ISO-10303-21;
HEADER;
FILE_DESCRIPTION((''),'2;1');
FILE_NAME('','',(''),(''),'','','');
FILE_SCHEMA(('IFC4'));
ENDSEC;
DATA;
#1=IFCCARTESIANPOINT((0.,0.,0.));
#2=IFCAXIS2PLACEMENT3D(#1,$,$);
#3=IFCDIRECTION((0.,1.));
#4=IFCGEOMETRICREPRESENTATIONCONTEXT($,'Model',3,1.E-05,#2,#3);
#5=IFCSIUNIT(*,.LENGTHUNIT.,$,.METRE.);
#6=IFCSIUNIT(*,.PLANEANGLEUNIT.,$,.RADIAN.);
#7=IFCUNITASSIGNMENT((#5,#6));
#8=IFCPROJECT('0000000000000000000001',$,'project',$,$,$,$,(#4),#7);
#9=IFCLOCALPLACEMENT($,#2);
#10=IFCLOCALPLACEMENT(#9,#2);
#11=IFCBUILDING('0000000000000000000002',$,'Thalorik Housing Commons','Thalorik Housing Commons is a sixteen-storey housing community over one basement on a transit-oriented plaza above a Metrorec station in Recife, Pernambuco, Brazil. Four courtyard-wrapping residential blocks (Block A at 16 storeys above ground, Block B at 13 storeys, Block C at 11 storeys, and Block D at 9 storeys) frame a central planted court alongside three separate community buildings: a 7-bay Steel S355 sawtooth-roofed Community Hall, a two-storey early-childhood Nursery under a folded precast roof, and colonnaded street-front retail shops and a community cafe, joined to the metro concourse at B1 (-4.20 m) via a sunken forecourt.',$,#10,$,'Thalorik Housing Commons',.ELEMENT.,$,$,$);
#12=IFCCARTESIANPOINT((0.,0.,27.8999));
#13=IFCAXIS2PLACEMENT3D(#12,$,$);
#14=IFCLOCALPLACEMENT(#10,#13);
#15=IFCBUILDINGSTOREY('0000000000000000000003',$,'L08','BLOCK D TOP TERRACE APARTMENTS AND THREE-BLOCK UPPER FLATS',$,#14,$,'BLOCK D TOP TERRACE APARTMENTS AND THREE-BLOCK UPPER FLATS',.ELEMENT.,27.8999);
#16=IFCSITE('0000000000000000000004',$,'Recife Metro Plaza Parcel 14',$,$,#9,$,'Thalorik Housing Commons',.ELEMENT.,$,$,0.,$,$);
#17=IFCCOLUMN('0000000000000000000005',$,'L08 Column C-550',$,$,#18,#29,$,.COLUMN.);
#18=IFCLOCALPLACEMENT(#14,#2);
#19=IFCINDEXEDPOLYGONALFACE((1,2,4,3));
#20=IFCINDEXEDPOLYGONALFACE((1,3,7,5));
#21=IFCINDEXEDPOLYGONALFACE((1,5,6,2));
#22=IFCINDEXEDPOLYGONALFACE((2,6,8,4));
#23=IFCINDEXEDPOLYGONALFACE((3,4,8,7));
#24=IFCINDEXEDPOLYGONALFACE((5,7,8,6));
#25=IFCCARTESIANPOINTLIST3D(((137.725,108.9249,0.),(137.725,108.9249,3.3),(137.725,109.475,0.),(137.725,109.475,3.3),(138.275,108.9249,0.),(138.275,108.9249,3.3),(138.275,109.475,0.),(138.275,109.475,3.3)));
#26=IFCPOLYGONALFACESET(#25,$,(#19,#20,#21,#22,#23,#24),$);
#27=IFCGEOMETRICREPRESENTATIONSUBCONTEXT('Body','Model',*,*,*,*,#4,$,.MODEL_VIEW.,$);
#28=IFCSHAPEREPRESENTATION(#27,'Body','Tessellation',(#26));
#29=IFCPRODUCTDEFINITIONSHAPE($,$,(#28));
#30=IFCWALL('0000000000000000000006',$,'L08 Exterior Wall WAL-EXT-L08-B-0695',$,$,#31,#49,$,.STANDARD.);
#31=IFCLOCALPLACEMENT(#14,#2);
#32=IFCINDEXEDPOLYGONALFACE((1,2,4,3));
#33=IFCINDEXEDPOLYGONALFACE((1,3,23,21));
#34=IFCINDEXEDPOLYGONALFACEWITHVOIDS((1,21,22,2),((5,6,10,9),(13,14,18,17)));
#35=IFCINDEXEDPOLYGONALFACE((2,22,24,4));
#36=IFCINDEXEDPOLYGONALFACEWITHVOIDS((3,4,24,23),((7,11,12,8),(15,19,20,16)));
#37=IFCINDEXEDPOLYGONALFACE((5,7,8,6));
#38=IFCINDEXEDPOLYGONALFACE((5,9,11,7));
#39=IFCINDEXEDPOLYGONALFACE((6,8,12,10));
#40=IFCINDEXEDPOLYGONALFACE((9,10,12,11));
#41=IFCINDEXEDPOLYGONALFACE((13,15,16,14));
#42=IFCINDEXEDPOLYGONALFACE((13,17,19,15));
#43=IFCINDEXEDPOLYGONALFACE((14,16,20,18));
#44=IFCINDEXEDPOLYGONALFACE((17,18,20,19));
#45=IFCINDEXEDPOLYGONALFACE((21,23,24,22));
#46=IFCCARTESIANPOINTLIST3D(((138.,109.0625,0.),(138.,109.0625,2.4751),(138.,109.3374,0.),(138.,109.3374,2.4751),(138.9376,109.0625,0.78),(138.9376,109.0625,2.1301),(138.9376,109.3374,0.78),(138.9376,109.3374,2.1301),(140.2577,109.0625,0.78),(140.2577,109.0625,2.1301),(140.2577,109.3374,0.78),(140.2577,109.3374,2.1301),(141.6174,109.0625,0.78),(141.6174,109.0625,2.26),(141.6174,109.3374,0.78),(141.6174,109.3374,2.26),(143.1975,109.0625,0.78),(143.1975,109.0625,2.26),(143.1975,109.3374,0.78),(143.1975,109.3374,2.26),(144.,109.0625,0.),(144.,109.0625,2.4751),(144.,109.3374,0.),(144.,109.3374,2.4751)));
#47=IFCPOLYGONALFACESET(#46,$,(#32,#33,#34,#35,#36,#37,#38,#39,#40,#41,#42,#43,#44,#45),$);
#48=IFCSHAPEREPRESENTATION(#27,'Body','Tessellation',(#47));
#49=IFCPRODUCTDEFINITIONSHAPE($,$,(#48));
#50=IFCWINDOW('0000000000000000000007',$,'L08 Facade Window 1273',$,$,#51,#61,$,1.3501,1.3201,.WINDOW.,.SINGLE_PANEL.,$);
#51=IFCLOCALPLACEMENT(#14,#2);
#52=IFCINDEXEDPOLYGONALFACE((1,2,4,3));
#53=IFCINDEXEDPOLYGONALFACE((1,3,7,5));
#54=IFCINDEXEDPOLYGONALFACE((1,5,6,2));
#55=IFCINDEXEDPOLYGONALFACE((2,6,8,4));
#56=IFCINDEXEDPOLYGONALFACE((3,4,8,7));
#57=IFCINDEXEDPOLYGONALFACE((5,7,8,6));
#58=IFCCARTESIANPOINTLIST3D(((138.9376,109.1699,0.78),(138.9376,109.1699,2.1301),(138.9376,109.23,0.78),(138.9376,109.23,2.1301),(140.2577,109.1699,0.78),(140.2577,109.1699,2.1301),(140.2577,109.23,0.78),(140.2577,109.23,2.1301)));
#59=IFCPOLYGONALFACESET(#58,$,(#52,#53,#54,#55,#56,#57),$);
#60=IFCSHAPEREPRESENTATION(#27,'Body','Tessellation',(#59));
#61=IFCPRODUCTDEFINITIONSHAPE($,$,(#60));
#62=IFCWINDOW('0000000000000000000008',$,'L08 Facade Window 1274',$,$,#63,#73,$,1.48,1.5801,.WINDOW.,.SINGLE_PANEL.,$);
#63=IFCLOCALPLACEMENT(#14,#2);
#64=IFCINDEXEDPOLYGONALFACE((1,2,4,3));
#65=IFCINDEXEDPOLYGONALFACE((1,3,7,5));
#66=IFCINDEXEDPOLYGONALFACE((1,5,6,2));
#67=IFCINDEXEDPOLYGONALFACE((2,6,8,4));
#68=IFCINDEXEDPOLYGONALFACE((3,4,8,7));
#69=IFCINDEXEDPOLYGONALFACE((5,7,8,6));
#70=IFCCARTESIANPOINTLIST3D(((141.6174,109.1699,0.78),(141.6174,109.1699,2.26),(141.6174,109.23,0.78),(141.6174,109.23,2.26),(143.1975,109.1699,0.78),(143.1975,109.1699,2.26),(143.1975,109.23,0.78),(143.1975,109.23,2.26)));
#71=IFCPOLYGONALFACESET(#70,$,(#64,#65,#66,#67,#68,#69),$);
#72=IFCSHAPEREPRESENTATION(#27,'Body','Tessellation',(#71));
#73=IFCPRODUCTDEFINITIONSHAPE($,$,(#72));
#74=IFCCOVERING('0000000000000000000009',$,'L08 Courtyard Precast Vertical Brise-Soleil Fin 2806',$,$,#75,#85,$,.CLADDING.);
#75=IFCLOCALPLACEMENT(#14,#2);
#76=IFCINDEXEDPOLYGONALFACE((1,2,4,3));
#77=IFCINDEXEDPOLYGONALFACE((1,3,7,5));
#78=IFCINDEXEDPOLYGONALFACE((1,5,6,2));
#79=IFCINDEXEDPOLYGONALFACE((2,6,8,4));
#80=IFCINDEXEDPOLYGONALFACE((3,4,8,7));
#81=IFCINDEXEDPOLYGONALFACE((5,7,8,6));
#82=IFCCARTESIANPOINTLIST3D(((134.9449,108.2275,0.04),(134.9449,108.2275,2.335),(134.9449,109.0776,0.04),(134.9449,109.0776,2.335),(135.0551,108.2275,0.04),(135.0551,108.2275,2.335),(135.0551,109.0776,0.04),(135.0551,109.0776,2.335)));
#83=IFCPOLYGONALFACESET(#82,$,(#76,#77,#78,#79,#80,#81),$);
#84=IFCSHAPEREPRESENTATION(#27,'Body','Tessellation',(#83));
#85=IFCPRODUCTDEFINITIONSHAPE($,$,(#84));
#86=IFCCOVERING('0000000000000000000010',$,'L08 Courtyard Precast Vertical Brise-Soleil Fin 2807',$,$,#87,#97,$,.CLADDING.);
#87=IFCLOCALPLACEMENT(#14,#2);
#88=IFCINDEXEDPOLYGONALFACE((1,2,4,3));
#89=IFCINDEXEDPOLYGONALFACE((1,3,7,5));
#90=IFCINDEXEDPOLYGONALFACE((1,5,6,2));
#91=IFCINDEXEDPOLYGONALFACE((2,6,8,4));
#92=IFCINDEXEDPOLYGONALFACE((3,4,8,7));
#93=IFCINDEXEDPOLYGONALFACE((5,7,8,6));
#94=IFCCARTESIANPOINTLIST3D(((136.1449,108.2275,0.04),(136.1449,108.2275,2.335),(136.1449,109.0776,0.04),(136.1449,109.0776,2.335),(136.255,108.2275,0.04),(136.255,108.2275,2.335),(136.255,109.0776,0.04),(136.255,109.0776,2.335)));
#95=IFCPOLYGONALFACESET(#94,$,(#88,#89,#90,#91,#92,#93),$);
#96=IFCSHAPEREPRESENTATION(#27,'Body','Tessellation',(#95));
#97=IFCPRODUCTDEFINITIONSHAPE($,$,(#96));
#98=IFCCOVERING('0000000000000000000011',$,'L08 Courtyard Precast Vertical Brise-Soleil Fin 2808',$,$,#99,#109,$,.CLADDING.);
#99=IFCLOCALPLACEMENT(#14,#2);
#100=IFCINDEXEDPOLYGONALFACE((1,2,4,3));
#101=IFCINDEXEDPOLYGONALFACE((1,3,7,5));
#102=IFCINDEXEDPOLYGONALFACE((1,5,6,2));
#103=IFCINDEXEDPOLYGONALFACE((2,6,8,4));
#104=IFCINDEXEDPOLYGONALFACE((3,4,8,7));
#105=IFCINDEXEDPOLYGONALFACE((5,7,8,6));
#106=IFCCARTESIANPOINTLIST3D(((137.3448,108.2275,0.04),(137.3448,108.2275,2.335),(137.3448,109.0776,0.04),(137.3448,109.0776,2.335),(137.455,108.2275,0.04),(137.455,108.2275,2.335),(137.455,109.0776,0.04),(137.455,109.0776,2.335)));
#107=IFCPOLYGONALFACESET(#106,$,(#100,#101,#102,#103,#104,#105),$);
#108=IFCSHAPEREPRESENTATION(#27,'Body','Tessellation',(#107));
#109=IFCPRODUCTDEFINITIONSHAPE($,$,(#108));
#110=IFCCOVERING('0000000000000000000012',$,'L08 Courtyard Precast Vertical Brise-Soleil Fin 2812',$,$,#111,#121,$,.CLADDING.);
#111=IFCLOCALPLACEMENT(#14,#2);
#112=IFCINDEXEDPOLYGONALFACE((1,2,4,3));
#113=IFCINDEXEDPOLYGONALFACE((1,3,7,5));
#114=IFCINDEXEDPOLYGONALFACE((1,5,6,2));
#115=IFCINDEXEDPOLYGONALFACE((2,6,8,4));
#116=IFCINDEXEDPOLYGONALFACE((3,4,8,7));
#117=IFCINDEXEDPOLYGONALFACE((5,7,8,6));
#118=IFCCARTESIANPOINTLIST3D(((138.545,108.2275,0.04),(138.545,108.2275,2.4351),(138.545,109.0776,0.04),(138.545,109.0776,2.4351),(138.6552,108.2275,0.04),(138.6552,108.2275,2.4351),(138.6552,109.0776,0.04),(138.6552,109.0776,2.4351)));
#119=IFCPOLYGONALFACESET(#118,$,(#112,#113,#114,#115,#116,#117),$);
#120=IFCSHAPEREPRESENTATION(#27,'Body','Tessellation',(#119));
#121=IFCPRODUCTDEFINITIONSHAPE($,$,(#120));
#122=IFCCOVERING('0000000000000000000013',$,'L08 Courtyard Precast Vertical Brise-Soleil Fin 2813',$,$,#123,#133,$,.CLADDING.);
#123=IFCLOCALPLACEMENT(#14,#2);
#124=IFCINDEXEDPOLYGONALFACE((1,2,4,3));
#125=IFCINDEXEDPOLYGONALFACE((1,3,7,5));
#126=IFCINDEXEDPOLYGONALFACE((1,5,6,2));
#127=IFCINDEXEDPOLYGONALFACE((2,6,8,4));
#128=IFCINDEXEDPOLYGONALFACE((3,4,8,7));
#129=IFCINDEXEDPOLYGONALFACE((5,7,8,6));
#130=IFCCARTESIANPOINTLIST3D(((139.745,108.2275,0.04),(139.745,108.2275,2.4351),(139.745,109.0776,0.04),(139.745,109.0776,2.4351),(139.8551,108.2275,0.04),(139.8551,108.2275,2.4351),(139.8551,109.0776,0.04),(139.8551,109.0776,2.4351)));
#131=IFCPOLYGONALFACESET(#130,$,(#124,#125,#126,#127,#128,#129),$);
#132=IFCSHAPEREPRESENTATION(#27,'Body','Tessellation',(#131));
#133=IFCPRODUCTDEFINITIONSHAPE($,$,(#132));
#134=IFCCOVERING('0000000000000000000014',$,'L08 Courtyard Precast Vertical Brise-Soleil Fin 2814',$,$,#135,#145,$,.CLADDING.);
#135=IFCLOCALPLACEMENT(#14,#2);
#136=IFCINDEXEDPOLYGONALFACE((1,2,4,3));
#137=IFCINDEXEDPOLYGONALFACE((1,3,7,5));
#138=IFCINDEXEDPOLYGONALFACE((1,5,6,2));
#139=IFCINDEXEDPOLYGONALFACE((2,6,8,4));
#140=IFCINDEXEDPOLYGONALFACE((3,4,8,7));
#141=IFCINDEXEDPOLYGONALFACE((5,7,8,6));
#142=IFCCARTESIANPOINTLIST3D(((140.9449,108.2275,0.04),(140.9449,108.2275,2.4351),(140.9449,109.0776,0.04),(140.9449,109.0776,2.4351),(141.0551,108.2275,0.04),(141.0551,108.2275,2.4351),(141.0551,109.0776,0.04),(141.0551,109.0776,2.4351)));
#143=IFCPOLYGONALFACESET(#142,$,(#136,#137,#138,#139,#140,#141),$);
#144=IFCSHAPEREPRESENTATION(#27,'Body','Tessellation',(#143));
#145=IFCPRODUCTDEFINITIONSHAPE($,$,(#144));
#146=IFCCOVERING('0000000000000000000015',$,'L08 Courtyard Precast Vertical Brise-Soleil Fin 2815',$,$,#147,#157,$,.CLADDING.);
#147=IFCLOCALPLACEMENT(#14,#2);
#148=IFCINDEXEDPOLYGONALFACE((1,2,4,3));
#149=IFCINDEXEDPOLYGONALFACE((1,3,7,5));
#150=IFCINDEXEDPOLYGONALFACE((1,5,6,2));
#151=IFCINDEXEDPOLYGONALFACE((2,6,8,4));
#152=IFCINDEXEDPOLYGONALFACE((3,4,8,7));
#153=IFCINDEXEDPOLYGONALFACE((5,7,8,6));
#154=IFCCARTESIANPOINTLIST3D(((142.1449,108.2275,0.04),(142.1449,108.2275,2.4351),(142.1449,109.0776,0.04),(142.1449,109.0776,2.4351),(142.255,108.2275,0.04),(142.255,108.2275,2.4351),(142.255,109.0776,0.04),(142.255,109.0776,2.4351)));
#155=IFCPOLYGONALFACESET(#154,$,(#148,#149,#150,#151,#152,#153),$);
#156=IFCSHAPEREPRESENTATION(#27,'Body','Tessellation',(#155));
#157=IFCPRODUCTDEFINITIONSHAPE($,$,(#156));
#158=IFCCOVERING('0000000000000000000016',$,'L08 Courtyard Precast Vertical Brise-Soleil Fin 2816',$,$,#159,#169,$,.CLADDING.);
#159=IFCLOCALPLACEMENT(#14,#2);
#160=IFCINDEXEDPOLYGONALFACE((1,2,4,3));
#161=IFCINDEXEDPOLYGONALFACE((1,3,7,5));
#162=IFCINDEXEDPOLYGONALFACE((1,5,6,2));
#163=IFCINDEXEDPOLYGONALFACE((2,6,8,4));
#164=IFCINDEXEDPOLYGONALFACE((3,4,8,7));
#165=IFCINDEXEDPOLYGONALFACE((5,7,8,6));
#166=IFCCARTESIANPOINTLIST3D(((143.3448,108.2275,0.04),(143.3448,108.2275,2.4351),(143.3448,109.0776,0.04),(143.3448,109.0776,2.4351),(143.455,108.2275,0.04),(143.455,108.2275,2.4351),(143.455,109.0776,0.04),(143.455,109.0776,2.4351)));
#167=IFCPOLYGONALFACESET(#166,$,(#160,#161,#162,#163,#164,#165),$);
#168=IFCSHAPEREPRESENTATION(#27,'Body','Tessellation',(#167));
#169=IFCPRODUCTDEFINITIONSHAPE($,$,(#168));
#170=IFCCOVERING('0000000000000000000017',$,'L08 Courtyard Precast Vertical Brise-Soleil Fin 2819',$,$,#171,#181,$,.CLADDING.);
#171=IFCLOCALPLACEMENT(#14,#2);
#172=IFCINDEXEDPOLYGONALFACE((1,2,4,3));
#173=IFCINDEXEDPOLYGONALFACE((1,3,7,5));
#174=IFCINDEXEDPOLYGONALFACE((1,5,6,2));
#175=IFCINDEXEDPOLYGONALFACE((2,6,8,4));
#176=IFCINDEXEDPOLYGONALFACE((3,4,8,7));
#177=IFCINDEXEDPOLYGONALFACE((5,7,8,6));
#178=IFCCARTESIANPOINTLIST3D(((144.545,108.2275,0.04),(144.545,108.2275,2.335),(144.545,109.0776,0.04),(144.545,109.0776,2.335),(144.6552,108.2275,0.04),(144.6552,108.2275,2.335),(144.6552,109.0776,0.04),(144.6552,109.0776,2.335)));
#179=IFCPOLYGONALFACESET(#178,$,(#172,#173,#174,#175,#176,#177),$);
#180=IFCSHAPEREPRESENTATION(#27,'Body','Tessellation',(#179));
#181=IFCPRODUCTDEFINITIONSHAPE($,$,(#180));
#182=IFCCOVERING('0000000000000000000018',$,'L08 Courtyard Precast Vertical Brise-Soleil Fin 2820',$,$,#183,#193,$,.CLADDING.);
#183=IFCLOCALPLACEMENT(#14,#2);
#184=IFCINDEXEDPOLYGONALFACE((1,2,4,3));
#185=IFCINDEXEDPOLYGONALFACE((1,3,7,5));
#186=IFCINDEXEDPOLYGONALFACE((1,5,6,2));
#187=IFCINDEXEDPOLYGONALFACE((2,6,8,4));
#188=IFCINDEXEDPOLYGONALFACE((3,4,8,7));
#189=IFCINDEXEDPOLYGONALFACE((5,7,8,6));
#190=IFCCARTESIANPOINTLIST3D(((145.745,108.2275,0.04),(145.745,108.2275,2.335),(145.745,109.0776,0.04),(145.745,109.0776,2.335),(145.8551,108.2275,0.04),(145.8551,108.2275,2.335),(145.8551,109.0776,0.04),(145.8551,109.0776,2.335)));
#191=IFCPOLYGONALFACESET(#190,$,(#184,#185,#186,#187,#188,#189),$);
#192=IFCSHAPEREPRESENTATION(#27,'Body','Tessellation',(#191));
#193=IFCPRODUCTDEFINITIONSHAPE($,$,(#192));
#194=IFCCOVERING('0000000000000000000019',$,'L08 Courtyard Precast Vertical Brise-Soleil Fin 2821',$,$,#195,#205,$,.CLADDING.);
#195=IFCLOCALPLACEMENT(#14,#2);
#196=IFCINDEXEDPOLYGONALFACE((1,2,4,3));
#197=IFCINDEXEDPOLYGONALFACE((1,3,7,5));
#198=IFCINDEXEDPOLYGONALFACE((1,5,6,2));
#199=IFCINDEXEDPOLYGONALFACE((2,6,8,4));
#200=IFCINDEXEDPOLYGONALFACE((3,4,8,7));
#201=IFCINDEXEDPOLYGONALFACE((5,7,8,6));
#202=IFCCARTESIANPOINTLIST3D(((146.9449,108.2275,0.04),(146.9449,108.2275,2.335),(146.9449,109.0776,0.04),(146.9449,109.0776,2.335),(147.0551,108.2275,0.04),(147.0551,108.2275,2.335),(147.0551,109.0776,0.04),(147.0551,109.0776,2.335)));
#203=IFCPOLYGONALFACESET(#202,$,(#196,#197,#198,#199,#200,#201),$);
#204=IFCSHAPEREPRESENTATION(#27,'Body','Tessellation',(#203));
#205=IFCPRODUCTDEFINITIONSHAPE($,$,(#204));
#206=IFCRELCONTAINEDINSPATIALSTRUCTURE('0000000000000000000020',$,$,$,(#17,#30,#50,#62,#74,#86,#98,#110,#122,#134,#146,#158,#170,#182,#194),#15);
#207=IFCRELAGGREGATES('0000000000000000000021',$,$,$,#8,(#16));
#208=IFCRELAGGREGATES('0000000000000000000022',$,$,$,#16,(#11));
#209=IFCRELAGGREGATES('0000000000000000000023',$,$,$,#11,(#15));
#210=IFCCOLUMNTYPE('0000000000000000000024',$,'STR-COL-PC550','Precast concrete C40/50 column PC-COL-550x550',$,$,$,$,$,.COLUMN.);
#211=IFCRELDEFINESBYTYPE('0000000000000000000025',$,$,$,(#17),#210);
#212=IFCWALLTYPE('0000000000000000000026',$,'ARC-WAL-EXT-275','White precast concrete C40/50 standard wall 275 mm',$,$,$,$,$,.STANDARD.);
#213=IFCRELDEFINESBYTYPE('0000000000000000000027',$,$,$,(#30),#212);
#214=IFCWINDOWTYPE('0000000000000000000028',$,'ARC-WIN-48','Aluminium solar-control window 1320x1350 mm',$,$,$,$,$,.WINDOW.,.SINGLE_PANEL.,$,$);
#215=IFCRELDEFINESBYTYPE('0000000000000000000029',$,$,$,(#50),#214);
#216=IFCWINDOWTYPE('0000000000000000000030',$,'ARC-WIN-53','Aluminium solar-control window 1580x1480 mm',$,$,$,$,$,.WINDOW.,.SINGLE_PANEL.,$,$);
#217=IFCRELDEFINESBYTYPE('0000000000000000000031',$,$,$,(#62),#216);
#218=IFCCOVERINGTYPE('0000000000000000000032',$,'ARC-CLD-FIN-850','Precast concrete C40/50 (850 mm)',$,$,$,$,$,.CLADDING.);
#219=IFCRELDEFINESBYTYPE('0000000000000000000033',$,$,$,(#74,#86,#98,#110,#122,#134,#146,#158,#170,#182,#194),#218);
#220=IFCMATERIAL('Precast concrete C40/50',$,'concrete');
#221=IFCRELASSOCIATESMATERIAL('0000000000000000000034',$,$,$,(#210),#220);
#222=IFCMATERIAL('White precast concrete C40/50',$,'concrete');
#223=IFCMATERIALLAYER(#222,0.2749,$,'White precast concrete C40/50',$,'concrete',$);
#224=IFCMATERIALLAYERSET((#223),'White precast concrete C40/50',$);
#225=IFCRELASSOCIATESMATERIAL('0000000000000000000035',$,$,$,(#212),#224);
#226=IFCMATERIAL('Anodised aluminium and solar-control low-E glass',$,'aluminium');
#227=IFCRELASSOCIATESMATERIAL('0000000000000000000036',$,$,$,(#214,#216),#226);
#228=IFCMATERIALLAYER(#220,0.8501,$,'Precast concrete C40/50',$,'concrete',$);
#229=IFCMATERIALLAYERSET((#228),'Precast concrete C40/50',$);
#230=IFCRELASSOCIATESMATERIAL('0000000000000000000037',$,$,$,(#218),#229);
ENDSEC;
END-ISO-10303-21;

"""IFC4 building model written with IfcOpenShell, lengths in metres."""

from ifc_helpers import new_model, si_unit, direction, frame, frame_2d, origin, origin_2d, place, context, subcontext, project, spatial, rectangle, extrude, material, layer, layer_set, material_profile, profile_set, type_object, element, fill, save


model = new_model("IFC4")

# Units and contexts
model_context = context("Model", 3, precision=1e-05, world=origin(), true_north=direction((0.0, 1.0)))
body_context = subcontext(model_context, "Body", "Model", "MODEL_VIEW")
ifc_project = project(units=[si_unit("LENGTHUNIT", "METRE"), si_unit("PLANEANGLEUNIT", "RADIAN")], contexts=[model_context])

# Site, building, storey
site_placement = place(None, origin())
site = spatial("IfcSite", under=ifc_project, at=site_placement, Name="Recife Metro Plaza Parcel 14", LongName="Thalorik Housing Commons", CompositionType="ELEMENT", RefElevation=0.0)
building_placement = place(site_placement, origin())
building = spatial("IfcBuilding", under=site, at=building_placement, Name="Thalorik Housing Commons", Description="Thalorik Housing Commons is a sixteen-storey housing community over one basement on a transit-oriented plaza above a Metrorec station in Recife, Pernambuco, Brazil. Four courtyard-wrapping residential blocks (Block A at 16 storeys above ground, Block B at 13 storeys, Block C at 11 storeys, and Block D at 9 storeys) frame a central planted court alongside three separate community buildings: a 7-bay Steel S355 sawtooth-roofed Community Hall, a two-storey early-childhood Nursery under a folded precast roof, and colonnaded street-front retail shops and a community cafe, joined to the metro concourse at B1 (-4.20 m) via a sunken forecourt.", LongName="Thalorik Housing Commons", CompositionType="ELEMENT")
storey_placement = place(building_placement, frame((0.0, 0.0, 27.8999)))
storey = spatial("IfcBuildingStorey", under=building, at=storey_placement, Name="L08", Description="BLOCK D TOP TERRACE APARTMENTS AND THREE-BLOCK UPPER FLATS", LongName="BLOCK D TOP TERRACE APARTMENTS AND THREE-BLOCK UPPER FLATS", CompositionType="ELEMENT", Elevation=27.8999)

# Column
ifc_material_1 = material(Name="Precast concrete C40/50", Category="concrete")
ifc_material_profile = material_profile(ifc_material_1, rectangle(XDim=0.55, YDim=0.55, at=origin_2d()), Name="PC 550x550", Category="concrete")
ifc_profile_set = profile_set([ifc_material_profile], Name="Precast concrete C40/50")
column_type = type_object("IfcColumnType", Name="STR-COL-PC550", Description="Precast concrete C40/50 column PC-COL-550x550", PredefinedType="COLUMN", material=ifc_profile_set)
column_placement = place(storey_placement, frame((138.0, 109.2, 0.0), z_axis=(0.0, 0.0, 1.0), x_axis=(1.0, 0.0, 0.0)))
element("IfcColumn", 1, at=column_placement, inside=storey, type_object=column_type, Name="L08 Column C-550", PredefinedType="COLUMN", context=body_context, shape_type="SweptSolid", body=[
    extrude(rectangle(XDim=0.55, YDim=0.55, at=origin_2d()), origin(), (0.0, 0.0, 1.0), 3.3),
])

# Wall, openings, windows
ifc_material_2 = material(Name="White precast concrete C40/50", Category="concrete")
ifc_layer_1 = layer(ifc_material_2, 0.2749, Name="White precast concrete C40/50", Category="concrete")
ifc_layer_set_1 = layer_set([ifc_layer_1], Name="White precast concrete C40/50")
wall_type = type_object("IfcWallType", Name="ARC-WAL-EXT-275", Description="White precast concrete C40/50 standard wall 275 mm", PredefinedType="STANDARD", material=ifc_layer_set_1)
wall_placement = place(storey_placement, frame((138.0, 109.2, 0.0), z_axis=(0.0, 0.0, 1.0), x_axis=(1.0, 0.0, 0.0)))
wall = element("IfcWall", 2, at=wall_placement, inside=storey, type_object=wall_type, Name="L08 Exterior Wall WAL-EXT-L08-B-0695", PredefinedType="STANDARD", context=body_context, shape_type="SweptSolid", body=[
    extrude(rectangle(XDim=6.0, YDim=0.2749, at=frame_2d((3.0, 0.0))), origin(), (0.0, 0.0, 1.0), 2.4751),
])
opening_1_placement = place(wall_placement, frame((0.9375, 0.0, 0.78)))
opening_1 = element("IfcOpeningElement", 3, at=opening_1_placement, cuts=wall, PredefinedType="OPENING", context=body_context, shape_type="SweptSolid", body=[
    extrude(rectangle(XDim=1.3201, YDim=1.3501, at=frame_2d((0.6602, 0.675))), frame((0.0, 0.1475, 0.0), z_axis=(0.0, -1.0, 0.0), x_axis=(1.0, 0.0, 0.0)), (0.0, 0.0, 1.0), 0.2949),
])
opening_2_placement = place(wall_placement, frame((3.6174, 0.0, 0.78)))
opening_2 = element("IfcOpeningElement", 4, at=opening_2_placement, cuts=wall, PredefinedType="OPENING", context=body_context, shape_type="SweptSolid", body=[
    extrude(rectangle(XDim=1.5801, YDim=1.48, at=frame_2d((0.79, 0.74))), frame((0.0, 0.1475, 0.0), z_axis=(0.0, -1.0, 0.0), x_axis=(1.0, 0.0, 0.0)), (0.0, 0.0, 1.0), 0.2949),
])
ifc_material_3 = material(Name="Anodised aluminium and solar-control low-E glass", Category="aluminium")
window_type_1 = type_object("IfcWindowType", Name="ARC-WIN-48", Description="Aluminium solar-control window 1320x1350 mm", PartitioningType="SINGLE_PANEL", PredefinedType="WINDOW", material=ifc_material_3)
window_1_placement = place(opening_1_placement, origin())
window_1 = element("IfcWindow", 5, at=window_1_placement, inside=storey, type_object=window_type_1, Name="L08 Facade Window 1273", OverallHeight=1.3501, OverallWidth=1.3201, PartitioningType="SINGLE_PANEL", PredefinedType="WINDOW", context=body_context, shape_type="SweptSolid", body=[
    extrude(rectangle(XDim=1.3201, YDim=1.3501, at=frame_2d((0.6602, 0.675))), frame((0.0, 0.03, 0.0), z_axis=(0.0, -1.0, 0.0), x_axis=(1.0, 0.0, 0.0)), (0.0, 0.0, 1.0), 0.0601),
])
fill(opening_1, window_1)
window_type_2 = type_object("IfcWindowType", Name="ARC-WIN-53", Description="Aluminium solar-control window 1580x1480 mm", PartitioningType="SINGLE_PANEL", PredefinedType="WINDOW", material=ifc_material_3)
window_2_placement = place(opening_2_placement, origin())
window_2 = element("IfcWindow", 6, at=window_2_placement, inside=storey, type_object=window_type_2, Name="L08 Facade Window 1274", OverallHeight=1.48, OverallWidth=1.5801, PartitioningType="SINGLE_PANEL", PredefinedType="WINDOW", context=body_context, shape_type="SweptSolid", body=[
    extrude(rectangle(XDim=1.5801, YDim=1.48, at=frame_2d((0.79, 0.74))), frame((0.0, 0.03, 0.0), z_axis=(0.0, -1.0, 0.0), x_axis=(1.0, 0.0, 0.0)), (0.0, 0.0, 1.0), 0.0601),
])
fill(opening_2, window_2)

# Coverings
ifc_layer_2 = layer(ifc_material_1, 0.8501, Name="Precast concrete C40/50", Category="concrete")
ifc_layer_set_2 = layer_set([ifc_layer_2], Name="Precast concrete C40/50")
covering_type_1 = type_object("IfcCoveringType", Name="ARC-CLD-FIN-850", Description="Precast concrete C40/50 (850 mm)", PredefinedType="CLADDING", material=ifc_layer_set_2)
for number, where, z_axis, x_axis, name in (
    (7, (135.0, 108.6526, 0.04), (0.0, 0.0, 1.0), (1.0, 0.0, 0.0), "L08 Courtyard Precast Vertical Brise-Soleil Fin 2806"),
    (8, (136.2, 108.6526, 0.04), (0.0, 0.0, 1.0), (1.0, 0.0, 0.0), "L08 Courtyard Precast Vertical Brise-Soleil Fin 2807"),
    (9, (137.3999, 108.6526, 0.04), (0.0, 0.0, 1.0), (1.0, 0.0, 0.0), "L08 Courtyard Precast Vertical Brise-Soleil Fin 2808"),
):
    element("IfcCovering", number, at=place(storey_placement, frame(where, z_axis=z_axis, x_axis=x_axis)), inside=storey, type_object=covering_type_1, Name=name, PredefinedType="CLADDING", context=body_context, shape_type="SweptSolid", body=[
        extrude(rectangle(XDim=0.1101, YDim=0.8501, at=origin_2d()), origin(), (0.0, 0.0, 1.0), 2.2949),
    ])
for number, where, z_axis, x_axis, name in (
    (10, (138.6001, 108.6526, 0.04), (0.0, 0.0, 1.0), (1.0, 0.0, 0.0), "L08 Courtyard Precast Vertical Brise-Soleil Fin 2812"),
    (11, (139.8, 108.6526, 0.04), (0.0, 0.0, 1.0), (1.0, 0.0, 0.0), "L08 Courtyard Precast Vertical Brise-Soleil Fin 2813"),
    (12, (141.0, 108.6526, 0.04), (0.0, 0.0, 1.0), (1.0, 0.0, 0.0), "L08 Courtyard Precast Vertical Brise-Soleil Fin 2814"),
    (13, (142.2, 108.6526, 0.04), (0.0, 0.0, 1.0), (1.0, 0.0, 0.0), "L08 Courtyard Precast Vertical Brise-Soleil Fin 2815"),
    (14, (143.3999, 108.6526, 0.04), (0.0, 0.0, 1.0), (1.0, 0.0, 0.0), "L08 Courtyard Precast Vertical Brise-Soleil Fin 2816"),
):
    element("IfcCovering", number, at=place(storey_placement, frame(where, z_axis=z_axis, x_axis=x_axis)), inside=storey, type_object=covering_type_1, Name=name, PredefinedType="CLADDING", context=body_context, shape_type="SweptSolid", body=[
        extrude(rectangle(XDim=0.1101, YDim=0.8501, at=origin_2d()), origin(), (0.0, 0.0, 1.0), 2.395),
    ])
for number, where, z_axis, x_axis, name in (
    (15, (144.6001, 108.6526, 0.04), (0.0, 0.0, 1.0), (1.0, 0.0, 0.0), "L08 Courtyard Precast Vertical Brise-Soleil Fin 2819"),
    (16, (145.8, 108.6526, 0.04), (0.0, 0.0, 1.0), (1.0, 0.0, 0.0), "L08 Courtyard Precast Vertical Brise-Soleil Fin 2820"),
    (17, (147.0, 108.6526, 0.04), (0.0, 0.0, 1.0), (1.0, 0.0, 0.0), "L08 Courtyard Precast Vertical Brise-Soleil Fin 2821"),
):
    element("IfcCovering", number, at=place(storey_placement, frame(where, z_axis=z_axis, x_axis=x_axis)), inside=storey, type_object=covering_type_1, Name=name, PredefinedType="CLADDING", context=body_context, shape_type="SweptSolid", body=[
        extrude(rectangle(XDim=0.1101, YDim=0.8501, at=origin_2d()), origin(), (0.0, 0.0, 1.0), 2.2949),
    ])

save(model, "model.ifc")
